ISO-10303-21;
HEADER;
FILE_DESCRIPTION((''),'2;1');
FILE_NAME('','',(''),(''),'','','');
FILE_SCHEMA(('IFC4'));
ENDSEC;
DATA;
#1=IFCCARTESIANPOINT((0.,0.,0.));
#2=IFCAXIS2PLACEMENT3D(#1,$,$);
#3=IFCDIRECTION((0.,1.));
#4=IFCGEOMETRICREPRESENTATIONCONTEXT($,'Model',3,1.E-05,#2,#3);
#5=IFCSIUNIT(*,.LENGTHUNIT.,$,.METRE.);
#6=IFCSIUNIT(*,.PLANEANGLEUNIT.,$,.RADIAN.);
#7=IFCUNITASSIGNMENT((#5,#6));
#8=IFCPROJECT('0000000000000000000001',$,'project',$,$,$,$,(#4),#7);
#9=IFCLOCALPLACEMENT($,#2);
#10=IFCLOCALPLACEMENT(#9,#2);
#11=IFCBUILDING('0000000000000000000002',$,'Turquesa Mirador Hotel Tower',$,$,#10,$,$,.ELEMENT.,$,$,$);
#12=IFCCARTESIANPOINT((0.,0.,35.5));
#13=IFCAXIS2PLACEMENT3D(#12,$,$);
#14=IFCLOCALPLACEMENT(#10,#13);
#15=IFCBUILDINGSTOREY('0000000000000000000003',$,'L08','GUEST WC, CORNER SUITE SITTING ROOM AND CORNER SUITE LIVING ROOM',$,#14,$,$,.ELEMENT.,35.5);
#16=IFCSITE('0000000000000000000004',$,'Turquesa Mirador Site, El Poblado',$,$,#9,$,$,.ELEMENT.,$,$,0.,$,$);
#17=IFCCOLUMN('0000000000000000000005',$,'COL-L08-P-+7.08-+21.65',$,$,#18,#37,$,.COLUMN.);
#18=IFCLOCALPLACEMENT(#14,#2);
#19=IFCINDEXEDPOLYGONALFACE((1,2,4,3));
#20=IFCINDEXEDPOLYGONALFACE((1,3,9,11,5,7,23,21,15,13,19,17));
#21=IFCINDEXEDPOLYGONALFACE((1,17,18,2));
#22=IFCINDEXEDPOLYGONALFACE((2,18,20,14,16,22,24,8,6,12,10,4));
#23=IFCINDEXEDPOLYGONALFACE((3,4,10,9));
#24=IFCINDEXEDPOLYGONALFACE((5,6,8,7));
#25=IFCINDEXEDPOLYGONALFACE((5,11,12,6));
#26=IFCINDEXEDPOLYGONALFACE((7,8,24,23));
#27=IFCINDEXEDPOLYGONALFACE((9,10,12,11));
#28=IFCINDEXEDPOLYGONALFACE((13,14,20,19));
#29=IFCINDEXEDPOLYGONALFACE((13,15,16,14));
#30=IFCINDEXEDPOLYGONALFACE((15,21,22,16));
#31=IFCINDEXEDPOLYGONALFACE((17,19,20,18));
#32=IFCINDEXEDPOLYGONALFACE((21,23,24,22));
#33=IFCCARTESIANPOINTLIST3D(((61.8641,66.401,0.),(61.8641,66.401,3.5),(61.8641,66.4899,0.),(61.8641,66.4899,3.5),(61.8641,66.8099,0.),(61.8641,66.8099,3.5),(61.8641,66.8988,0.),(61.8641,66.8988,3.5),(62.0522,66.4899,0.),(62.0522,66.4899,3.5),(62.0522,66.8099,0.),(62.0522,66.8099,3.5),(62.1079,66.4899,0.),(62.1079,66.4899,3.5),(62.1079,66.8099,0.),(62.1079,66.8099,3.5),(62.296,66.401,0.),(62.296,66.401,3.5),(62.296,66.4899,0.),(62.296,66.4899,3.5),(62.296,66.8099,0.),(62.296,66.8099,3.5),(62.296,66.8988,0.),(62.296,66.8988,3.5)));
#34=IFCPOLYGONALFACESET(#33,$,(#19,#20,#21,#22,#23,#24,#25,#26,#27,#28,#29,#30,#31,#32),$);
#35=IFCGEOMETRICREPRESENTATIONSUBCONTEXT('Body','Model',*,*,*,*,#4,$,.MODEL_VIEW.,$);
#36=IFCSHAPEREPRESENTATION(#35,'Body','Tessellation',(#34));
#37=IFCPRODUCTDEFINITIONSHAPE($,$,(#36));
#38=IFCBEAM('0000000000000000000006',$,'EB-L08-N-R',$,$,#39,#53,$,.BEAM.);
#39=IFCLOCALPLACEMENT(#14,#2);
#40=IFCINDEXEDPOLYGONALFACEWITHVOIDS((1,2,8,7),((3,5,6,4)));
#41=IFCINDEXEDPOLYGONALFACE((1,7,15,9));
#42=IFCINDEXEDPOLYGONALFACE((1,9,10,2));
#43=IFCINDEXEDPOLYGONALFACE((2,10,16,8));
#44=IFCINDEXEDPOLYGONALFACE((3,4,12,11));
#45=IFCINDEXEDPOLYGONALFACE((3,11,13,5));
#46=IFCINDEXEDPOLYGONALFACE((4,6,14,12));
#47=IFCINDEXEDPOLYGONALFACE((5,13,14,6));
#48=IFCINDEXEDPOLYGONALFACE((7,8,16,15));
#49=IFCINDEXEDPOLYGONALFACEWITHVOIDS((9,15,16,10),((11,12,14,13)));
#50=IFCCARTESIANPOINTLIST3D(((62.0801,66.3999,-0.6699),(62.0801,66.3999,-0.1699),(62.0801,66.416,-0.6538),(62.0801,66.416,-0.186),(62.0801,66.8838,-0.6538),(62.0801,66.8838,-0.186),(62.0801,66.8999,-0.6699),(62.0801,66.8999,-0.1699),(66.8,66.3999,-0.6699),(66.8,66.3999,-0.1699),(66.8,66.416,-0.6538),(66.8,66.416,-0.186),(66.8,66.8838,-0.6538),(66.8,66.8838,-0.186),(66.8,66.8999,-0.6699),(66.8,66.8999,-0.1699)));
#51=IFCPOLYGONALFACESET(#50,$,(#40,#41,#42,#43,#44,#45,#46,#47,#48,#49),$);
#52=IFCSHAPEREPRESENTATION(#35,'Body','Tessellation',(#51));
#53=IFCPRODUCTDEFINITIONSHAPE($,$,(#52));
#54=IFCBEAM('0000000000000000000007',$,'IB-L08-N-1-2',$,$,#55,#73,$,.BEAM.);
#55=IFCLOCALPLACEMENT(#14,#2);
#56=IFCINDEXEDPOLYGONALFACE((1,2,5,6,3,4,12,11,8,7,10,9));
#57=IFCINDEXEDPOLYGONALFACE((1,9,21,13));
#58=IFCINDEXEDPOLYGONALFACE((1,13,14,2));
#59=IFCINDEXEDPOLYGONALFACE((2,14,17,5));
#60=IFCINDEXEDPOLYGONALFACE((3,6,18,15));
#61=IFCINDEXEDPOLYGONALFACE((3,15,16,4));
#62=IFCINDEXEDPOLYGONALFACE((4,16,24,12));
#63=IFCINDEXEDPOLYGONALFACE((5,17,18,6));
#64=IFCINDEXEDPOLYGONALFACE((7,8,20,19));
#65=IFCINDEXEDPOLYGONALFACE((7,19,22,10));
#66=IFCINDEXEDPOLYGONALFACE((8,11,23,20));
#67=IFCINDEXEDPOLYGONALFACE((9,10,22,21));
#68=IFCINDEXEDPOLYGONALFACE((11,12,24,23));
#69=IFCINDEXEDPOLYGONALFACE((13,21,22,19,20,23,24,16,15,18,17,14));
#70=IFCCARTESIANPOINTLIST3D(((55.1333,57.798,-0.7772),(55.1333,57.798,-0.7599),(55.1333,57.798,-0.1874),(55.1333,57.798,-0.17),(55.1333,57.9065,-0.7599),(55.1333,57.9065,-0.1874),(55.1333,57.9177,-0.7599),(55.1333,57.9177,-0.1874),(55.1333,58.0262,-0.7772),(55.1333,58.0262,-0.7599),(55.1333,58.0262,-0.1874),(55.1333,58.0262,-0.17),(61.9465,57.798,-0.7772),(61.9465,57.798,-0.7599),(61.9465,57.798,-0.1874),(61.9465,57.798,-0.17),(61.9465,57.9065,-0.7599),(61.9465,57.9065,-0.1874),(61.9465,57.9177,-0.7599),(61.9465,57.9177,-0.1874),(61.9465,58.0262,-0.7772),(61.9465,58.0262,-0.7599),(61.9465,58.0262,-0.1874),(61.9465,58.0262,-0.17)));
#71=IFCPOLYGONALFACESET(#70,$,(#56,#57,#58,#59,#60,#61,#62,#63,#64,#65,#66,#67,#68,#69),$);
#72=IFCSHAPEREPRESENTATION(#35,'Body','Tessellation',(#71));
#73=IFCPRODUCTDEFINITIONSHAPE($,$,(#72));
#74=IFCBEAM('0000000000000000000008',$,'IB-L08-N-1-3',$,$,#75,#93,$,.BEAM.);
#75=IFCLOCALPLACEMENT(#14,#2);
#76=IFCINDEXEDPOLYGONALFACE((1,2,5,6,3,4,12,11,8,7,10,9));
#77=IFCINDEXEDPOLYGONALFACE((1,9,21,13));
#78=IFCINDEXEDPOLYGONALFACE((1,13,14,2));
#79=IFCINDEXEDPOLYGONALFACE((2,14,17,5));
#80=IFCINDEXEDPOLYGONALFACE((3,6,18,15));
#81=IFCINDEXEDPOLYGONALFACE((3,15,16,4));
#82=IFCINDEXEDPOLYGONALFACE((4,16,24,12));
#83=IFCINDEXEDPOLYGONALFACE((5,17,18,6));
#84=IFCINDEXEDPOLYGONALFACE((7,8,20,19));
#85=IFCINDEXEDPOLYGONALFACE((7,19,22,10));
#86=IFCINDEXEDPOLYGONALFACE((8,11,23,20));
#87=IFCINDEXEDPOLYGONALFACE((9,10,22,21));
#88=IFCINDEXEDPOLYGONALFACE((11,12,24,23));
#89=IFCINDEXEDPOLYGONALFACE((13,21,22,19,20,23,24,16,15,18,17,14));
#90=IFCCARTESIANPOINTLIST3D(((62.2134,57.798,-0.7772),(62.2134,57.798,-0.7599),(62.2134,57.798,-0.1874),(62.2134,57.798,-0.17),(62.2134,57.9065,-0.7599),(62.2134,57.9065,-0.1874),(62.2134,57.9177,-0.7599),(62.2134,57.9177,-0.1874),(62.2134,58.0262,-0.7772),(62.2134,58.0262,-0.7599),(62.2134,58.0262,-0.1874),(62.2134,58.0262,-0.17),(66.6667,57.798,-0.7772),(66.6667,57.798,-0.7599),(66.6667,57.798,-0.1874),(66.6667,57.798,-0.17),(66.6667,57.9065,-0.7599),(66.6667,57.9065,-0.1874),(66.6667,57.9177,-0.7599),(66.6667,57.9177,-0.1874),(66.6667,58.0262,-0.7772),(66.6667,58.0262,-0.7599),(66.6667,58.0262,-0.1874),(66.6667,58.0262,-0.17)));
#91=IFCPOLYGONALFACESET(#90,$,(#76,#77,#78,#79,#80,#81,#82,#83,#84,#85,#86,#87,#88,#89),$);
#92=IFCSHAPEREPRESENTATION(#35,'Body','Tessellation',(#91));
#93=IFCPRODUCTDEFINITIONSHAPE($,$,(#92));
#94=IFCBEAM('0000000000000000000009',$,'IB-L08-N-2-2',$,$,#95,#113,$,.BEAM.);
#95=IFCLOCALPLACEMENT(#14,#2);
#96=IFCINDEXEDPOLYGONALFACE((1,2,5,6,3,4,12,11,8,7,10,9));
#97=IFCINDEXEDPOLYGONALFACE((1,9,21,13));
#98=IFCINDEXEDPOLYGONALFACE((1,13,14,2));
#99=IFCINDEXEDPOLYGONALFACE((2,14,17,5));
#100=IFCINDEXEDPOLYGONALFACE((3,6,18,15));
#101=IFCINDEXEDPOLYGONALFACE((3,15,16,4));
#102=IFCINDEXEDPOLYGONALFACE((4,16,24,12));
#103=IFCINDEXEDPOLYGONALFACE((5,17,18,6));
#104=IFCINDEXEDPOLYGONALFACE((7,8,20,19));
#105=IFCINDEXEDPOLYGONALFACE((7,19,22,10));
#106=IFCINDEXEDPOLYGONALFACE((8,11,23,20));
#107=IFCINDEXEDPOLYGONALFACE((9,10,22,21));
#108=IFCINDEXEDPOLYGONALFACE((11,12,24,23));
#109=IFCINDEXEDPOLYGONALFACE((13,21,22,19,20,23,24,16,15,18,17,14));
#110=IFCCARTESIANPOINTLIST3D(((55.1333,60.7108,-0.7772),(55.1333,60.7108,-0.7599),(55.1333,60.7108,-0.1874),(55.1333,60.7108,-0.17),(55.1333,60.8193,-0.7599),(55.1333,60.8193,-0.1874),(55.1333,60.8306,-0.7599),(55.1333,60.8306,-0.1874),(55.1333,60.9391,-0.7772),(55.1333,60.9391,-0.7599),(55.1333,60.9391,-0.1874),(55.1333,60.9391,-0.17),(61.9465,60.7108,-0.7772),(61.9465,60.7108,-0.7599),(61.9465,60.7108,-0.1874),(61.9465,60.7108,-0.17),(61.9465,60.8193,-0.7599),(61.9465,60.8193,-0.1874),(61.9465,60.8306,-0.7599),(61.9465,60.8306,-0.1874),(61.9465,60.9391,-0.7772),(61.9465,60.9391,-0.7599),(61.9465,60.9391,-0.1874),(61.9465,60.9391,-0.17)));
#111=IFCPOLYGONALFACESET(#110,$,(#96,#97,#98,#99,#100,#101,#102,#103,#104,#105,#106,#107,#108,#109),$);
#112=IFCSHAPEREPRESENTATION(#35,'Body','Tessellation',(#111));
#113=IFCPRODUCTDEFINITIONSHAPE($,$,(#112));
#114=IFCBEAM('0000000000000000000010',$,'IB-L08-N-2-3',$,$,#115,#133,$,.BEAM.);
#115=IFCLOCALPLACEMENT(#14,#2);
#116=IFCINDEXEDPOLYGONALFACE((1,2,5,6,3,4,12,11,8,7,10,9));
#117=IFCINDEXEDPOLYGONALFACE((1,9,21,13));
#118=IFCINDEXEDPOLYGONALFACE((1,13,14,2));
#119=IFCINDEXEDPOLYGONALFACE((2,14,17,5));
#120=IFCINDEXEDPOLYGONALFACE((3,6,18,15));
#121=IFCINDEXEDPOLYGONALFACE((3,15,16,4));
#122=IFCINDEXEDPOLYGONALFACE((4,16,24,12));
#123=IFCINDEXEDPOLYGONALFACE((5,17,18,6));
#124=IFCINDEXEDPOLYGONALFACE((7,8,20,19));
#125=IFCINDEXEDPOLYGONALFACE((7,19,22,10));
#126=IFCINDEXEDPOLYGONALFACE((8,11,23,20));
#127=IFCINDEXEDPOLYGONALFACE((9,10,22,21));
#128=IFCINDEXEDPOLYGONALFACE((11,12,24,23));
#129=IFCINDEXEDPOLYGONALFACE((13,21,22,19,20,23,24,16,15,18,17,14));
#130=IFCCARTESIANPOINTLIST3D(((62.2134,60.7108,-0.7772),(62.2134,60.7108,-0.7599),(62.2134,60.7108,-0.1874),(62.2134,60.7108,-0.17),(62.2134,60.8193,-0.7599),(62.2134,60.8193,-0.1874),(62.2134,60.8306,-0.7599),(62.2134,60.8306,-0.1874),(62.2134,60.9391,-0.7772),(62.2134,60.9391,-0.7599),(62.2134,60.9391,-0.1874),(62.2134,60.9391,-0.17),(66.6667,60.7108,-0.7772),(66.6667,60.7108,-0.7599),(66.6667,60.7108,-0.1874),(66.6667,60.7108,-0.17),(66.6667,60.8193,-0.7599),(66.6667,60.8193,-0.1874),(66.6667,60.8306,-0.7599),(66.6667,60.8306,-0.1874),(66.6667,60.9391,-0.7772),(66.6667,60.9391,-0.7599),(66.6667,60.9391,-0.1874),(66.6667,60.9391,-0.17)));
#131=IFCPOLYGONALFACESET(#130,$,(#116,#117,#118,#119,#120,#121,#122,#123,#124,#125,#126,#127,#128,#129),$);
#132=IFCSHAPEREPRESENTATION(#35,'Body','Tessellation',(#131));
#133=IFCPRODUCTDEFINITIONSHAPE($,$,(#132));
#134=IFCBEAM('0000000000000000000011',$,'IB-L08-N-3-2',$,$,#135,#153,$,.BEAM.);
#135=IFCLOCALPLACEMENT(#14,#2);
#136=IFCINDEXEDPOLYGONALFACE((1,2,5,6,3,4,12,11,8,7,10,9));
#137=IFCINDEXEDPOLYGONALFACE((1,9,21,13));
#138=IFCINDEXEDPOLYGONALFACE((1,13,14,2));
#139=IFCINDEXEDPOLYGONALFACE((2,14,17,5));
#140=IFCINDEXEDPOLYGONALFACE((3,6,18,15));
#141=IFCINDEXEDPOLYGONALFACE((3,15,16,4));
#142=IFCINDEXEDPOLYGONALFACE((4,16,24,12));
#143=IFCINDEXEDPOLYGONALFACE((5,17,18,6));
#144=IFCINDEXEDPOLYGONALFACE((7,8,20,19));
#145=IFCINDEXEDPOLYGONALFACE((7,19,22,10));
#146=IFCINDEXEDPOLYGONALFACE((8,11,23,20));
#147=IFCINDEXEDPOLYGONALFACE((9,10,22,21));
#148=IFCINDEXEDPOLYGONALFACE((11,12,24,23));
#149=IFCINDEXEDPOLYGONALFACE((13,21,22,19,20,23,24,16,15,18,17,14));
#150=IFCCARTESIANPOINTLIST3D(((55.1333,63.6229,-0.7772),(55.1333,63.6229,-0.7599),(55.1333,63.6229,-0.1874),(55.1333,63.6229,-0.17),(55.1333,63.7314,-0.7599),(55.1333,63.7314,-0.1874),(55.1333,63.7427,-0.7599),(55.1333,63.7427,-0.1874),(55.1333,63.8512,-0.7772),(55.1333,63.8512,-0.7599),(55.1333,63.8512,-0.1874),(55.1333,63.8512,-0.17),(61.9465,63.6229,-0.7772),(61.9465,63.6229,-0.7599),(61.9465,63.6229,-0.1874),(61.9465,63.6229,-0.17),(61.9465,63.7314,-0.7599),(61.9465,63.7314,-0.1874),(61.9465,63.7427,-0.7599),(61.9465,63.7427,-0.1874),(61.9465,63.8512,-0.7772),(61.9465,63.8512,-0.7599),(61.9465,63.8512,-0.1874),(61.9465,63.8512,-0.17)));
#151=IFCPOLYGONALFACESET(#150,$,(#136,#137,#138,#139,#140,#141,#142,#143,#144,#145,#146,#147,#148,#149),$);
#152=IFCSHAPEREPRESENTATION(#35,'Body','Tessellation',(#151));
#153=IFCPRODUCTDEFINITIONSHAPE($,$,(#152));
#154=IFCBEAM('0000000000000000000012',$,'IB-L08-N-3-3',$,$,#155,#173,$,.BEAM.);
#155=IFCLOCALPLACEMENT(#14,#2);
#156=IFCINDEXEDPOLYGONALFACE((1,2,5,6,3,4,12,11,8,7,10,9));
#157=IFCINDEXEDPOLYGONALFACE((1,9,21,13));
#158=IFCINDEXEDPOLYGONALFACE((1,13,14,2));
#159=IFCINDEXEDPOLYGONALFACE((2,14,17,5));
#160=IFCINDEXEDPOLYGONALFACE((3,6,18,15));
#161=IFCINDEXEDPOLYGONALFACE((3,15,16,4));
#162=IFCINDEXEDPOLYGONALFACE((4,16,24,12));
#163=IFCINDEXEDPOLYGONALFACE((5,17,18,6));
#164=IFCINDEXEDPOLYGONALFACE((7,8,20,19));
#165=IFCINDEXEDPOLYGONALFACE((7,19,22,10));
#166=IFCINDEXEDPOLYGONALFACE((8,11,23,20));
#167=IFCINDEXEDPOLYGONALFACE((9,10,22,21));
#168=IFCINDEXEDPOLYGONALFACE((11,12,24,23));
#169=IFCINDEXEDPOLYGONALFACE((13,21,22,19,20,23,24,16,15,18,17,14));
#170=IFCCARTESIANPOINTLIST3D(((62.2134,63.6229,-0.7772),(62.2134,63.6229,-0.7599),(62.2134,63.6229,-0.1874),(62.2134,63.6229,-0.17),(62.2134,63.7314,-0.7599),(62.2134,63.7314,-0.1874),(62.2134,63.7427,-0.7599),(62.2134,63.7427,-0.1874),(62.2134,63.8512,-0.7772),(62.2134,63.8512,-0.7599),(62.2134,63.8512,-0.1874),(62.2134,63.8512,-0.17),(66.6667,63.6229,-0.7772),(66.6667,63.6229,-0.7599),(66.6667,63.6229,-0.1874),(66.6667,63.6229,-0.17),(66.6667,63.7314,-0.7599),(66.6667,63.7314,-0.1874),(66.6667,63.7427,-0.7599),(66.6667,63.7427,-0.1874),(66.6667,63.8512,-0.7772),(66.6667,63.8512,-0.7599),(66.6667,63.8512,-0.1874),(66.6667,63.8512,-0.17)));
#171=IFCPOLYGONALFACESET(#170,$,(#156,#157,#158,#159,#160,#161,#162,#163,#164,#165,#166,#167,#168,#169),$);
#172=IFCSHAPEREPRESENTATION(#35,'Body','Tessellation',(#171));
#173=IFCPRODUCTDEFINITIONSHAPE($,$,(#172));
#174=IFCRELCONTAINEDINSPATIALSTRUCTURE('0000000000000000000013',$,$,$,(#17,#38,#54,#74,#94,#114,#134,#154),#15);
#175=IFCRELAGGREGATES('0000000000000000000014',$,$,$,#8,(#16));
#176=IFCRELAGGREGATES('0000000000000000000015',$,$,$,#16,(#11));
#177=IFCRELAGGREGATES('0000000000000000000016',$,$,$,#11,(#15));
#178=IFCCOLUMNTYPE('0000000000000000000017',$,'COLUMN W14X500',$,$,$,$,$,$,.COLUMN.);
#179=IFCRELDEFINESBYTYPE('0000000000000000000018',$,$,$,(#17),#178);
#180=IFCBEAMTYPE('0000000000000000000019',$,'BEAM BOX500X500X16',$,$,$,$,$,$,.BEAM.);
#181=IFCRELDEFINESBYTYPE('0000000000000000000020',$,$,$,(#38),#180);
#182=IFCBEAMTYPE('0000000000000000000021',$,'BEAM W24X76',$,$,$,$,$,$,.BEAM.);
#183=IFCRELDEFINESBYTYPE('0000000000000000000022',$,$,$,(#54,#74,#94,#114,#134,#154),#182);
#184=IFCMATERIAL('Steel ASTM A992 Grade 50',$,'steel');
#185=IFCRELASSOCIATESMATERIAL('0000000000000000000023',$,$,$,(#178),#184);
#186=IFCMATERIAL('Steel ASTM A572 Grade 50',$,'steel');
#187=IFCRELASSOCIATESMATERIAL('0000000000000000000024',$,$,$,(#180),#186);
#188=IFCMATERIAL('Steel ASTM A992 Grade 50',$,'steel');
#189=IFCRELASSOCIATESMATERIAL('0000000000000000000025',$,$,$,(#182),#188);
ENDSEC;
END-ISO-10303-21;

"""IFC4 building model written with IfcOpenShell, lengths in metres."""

from ifc_helpers import new_model, si_unit, direction, frame, origin, origin_2d, place, context, subcontext, project, spatial, hollow_rectangle, i_section, extrude, material, material_profile, profile_set, type_object, element, save


model = new_model("IFC4")

# Units and contexts
model_context = context("Model", 3, precision=1e-05, world=origin(), true_north=direction((0.0, 1.0)))
body_context = subcontext(model_context, "Body", "Model", "MODEL_VIEW")
ifc_project = project(units=[si_unit("LENGTHUNIT", "METRE"), si_unit("PLANEANGLEUNIT", "RADIAN")], contexts=[model_context])

# Site, building, storey
site_placement = place(None, origin())
site = spatial("IfcSite", under=ifc_project, at=site_placement, Name="Turquesa Mirador Site, El Poblado", CompositionType="ELEMENT", RefElevation=0.0)
building_placement = place(site_placement, origin())
building = spatial("IfcBuilding", under=site, at=building_placement, Name="Turquesa Mirador Hotel Tower", CompositionType="ELEMENT")
storey_placement = place(building_placement, frame((0.0, 0.0, 35.5)))
storey = spatial("IfcBuildingStorey", under=building, at=storey_placement, Name="L08", Description="GUEST WC, CORNER SUITE SITTING ROOM AND CORNER SUITE LIVING ROOM", CompositionType="ELEMENT", Elevation=35.5)

# Column
ifc_material_1 = material(Name="Steel ASTM A992 Grade 50", Category="steel")
ifc_material_profile_1 = material_profile(ifc_material_1, i_section(OverallWidth=0.4319, OverallDepth=0.4978, WebThickness=0.0557, FlangeThickness=0.0889, at=origin_2d()), Name="W14X500")
ifc_profile_set_1 = profile_set([ifc_material_profile_1], Name="Steel ASTM A992 Grade 50")
column_type = type_object("IfcColumnType", Name="COLUMN W14X500", PredefinedType="COLUMN", material=ifc_profile_set_1)
column_placement = place(storey_placement, frame((62.0801, 66.6499, 0.0), z_axis=(0.0, 0.0, 1.0), x_axis=(1.0, 0.0, 0.0)))
element("IfcColumn", 1, at=column_placement, inside=storey, type_object=column_type, Name="COL-L08-P-+7.08-+21.65", PredefinedType="COLUMN", context=body_context, shape_type="SweptSolid", body=[
    extrude(i_section(OverallWidth=0.4319, OverallDepth=0.4978, WebThickness=0.0557, FlangeThickness=0.0889, at=origin_2d()), origin(), (0.0, 0.0, 1.0), 3.5),
])

# Beams
ifc_material_2 = material(Name="Steel ASTM A572 Grade 50", Category="steel")
ifc_material_profile_2 = material_profile(ifc_material_2, hollow_rectangle(XDim=0.5, YDim=0.5, WallThickness=0.0161, at=origin_2d()), Name="BOX500X500X16")
ifc_profile_set_2 = profile_set([ifc_material_profile_2], Name="Steel ASTM A572 Grade 50")
beam_type_1 = type_object("IfcBeamType", Name="BEAM BOX500X500X16", PredefinedType="BEAM", material=ifc_profile_set_2)
beam_1_placement = place(storey_placement, frame((62.0801, 66.6499, -0.4199), z_axis=(1.0, 0.0, 0.0), x_axis=(0.0, 1.0, 0.0)))
element("IfcBeam", 2, at=beam_1_placement, inside=storey, type_object=beam_type_1, Name="EB-L08-N-R", PredefinedType="BEAM", context=body_context, shape_type="SweptSolid", body=[
    extrude(hollow_rectangle(XDim=0.5, YDim=0.5, WallThickness=0.0161, at=origin_2d()), origin(), (0.0, 0.0, 1.0), 4.72),
])
ifc_material_3 = material(Name="Steel ASTM A992 Grade 50", Category="steel")
ifc_material_profile_3 = material_profile(ifc_material_3, i_section(OverallWidth=0.2283, OverallDepth=0.6072, WebThickness=0.0112, FlangeThickness=0.0173, at=origin_2d()), Name="W24X76")
ifc_profile_set_3 = profile_set([ifc_material_profile_3], Name="Steel ASTM A992 Grade 50")
beam_type_2 = type_object("IfcBeamType", Name="BEAM W24X76", PredefinedType="BEAM", material=ifc_profile_set_3)
beam_2_placement = place(storey_placement, frame((55.1333, 57.9121, -0.4736), z_axis=(1.0, 0.0, 0.0), x_axis=(0.0, 1.0, 0.0)))
element("IfcBeam", 3, at=beam_2_placement, inside=storey, type_object=beam_type_2, Name="IB-L08-N-1-2", PredefinedType="BEAM", context=body_context, shape_type="SweptSolid", body=[
    extrude(i_section(OverallWidth=0.2283, OverallDepth=0.6072, WebThickness=0.0112, FlangeThickness=0.0173, at=origin_2d()), origin(), (0.0, 0.0, 1.0), 6.8132),
])
beam_3_placement = place(storey_placement, frame((62.2134, 57.9121, -0.4736), z_axis=(1.0, 0.0, 0.0), x_axis=(0.0, 1.0, 0.0)))
element("IfcBeam", 4, at=beam_3_placement, inside=storey, type_object=beam_type_2, Name="IB-L08-N-1-3", PredefinedType="BEAM", context=body_context, shape_type="SweptSolid", body=[
    extrude(i_section(OverallWidth=0.2283, OverallDepth=0.6072, WebThickness=0.0112, FlangeThickness=0.0173, at=origin_2d()), origin(), (0.0, 0.0, 1.0), 4.4534),
])
beam_4_placement = place(storey_placement, frame((55.1333, 60.825, -0.4736), z_axis=(1.0, 0.0, 0.0), x_axis=(0.0, 1.0, 0.0)))
element("IfcBeam", 5, at=beam_4_placement, inside=storey, type_object=beam_type_2, Name="IB-L08-N-2-2", PredefinedType="BEAM", context=body_context, shape_type="SweptSolid", body=[
    extrude(i_section(OverallWidth=0.2283, OverallDepth=0.6072, WebThickness=0.0112, FlangeThickness=0.0173, at=origin_2d()), origin(), (0.0, 0.0, 1.0), 6.8132),
])
beam_5_placement = place(storey_placement, frame((62.2134, 60.825, -0.4736), z_axis=(1.0, 0.0, 0.0), x_axis=(0.0, 1.0, 0.0)))
element("IfcBeam", 6, at=beam_5_placement, inside=storey, type_object=beam_type_2, Name="IB-L08-N-2-3", PredefinedType="BEAM", context=body_context, shape_type="SweptSolid", body=[
    extrude(i_section(OverallWidth=0.2283, OverallDepth=0.6072, WebThickness=0.0112, FlangeThickness=0.0173, at=origin_2d()), origin(), (0.0, 0.0, 1.0), 4.4534),
])
beam_6_placement = place(storey_placement, frame((55.1333, 63.7371, -0.4736), z_axis=(1.0, 0.0, 0.0), x_axis=(0.0, 1.0, 0.0)))
element("IfcBeam", 7, at=beam_6_placement, inside=storey, type_object=beam_type_2, Name="IB-L08-N-3-2", PredefinedType="BEAM", context=body_context, shape_type="SweptSolid", body=[
    extrude(i_section(OverallWidth=0.2283, OverallDepth=0.6072, WebThickness=0.0112, FlangeThickness=0.0173, at=origin_2d()), origin(), (0.0, 0.0, 1.0), 6.8132),
])
beam_7_placement = place(storey_placement, frame((62.2134, 63.7371, -0.4736), z_axis=(1.0, 0.0, 0.0), x_axis=(0.0, 1.0, 0.0)))
element("IfcBeam", 8, at=beam_7_placement, inside=storey, type_object=beam_type_2, Name="IB-L08-N-3-3", PredefinedType="BEAM", context=body_context, shape_type="SweptSolid", body=[
    extrude(i_section(OverallWidth=0.2283, OverallDepth=0.6072, WebThickness=0.0112, FlangeThickness=0.0173, at=origin_2d()), origin(), (0.0, 0.0, 1.0), 4.4534),
])

save(model, "model.ifc")
